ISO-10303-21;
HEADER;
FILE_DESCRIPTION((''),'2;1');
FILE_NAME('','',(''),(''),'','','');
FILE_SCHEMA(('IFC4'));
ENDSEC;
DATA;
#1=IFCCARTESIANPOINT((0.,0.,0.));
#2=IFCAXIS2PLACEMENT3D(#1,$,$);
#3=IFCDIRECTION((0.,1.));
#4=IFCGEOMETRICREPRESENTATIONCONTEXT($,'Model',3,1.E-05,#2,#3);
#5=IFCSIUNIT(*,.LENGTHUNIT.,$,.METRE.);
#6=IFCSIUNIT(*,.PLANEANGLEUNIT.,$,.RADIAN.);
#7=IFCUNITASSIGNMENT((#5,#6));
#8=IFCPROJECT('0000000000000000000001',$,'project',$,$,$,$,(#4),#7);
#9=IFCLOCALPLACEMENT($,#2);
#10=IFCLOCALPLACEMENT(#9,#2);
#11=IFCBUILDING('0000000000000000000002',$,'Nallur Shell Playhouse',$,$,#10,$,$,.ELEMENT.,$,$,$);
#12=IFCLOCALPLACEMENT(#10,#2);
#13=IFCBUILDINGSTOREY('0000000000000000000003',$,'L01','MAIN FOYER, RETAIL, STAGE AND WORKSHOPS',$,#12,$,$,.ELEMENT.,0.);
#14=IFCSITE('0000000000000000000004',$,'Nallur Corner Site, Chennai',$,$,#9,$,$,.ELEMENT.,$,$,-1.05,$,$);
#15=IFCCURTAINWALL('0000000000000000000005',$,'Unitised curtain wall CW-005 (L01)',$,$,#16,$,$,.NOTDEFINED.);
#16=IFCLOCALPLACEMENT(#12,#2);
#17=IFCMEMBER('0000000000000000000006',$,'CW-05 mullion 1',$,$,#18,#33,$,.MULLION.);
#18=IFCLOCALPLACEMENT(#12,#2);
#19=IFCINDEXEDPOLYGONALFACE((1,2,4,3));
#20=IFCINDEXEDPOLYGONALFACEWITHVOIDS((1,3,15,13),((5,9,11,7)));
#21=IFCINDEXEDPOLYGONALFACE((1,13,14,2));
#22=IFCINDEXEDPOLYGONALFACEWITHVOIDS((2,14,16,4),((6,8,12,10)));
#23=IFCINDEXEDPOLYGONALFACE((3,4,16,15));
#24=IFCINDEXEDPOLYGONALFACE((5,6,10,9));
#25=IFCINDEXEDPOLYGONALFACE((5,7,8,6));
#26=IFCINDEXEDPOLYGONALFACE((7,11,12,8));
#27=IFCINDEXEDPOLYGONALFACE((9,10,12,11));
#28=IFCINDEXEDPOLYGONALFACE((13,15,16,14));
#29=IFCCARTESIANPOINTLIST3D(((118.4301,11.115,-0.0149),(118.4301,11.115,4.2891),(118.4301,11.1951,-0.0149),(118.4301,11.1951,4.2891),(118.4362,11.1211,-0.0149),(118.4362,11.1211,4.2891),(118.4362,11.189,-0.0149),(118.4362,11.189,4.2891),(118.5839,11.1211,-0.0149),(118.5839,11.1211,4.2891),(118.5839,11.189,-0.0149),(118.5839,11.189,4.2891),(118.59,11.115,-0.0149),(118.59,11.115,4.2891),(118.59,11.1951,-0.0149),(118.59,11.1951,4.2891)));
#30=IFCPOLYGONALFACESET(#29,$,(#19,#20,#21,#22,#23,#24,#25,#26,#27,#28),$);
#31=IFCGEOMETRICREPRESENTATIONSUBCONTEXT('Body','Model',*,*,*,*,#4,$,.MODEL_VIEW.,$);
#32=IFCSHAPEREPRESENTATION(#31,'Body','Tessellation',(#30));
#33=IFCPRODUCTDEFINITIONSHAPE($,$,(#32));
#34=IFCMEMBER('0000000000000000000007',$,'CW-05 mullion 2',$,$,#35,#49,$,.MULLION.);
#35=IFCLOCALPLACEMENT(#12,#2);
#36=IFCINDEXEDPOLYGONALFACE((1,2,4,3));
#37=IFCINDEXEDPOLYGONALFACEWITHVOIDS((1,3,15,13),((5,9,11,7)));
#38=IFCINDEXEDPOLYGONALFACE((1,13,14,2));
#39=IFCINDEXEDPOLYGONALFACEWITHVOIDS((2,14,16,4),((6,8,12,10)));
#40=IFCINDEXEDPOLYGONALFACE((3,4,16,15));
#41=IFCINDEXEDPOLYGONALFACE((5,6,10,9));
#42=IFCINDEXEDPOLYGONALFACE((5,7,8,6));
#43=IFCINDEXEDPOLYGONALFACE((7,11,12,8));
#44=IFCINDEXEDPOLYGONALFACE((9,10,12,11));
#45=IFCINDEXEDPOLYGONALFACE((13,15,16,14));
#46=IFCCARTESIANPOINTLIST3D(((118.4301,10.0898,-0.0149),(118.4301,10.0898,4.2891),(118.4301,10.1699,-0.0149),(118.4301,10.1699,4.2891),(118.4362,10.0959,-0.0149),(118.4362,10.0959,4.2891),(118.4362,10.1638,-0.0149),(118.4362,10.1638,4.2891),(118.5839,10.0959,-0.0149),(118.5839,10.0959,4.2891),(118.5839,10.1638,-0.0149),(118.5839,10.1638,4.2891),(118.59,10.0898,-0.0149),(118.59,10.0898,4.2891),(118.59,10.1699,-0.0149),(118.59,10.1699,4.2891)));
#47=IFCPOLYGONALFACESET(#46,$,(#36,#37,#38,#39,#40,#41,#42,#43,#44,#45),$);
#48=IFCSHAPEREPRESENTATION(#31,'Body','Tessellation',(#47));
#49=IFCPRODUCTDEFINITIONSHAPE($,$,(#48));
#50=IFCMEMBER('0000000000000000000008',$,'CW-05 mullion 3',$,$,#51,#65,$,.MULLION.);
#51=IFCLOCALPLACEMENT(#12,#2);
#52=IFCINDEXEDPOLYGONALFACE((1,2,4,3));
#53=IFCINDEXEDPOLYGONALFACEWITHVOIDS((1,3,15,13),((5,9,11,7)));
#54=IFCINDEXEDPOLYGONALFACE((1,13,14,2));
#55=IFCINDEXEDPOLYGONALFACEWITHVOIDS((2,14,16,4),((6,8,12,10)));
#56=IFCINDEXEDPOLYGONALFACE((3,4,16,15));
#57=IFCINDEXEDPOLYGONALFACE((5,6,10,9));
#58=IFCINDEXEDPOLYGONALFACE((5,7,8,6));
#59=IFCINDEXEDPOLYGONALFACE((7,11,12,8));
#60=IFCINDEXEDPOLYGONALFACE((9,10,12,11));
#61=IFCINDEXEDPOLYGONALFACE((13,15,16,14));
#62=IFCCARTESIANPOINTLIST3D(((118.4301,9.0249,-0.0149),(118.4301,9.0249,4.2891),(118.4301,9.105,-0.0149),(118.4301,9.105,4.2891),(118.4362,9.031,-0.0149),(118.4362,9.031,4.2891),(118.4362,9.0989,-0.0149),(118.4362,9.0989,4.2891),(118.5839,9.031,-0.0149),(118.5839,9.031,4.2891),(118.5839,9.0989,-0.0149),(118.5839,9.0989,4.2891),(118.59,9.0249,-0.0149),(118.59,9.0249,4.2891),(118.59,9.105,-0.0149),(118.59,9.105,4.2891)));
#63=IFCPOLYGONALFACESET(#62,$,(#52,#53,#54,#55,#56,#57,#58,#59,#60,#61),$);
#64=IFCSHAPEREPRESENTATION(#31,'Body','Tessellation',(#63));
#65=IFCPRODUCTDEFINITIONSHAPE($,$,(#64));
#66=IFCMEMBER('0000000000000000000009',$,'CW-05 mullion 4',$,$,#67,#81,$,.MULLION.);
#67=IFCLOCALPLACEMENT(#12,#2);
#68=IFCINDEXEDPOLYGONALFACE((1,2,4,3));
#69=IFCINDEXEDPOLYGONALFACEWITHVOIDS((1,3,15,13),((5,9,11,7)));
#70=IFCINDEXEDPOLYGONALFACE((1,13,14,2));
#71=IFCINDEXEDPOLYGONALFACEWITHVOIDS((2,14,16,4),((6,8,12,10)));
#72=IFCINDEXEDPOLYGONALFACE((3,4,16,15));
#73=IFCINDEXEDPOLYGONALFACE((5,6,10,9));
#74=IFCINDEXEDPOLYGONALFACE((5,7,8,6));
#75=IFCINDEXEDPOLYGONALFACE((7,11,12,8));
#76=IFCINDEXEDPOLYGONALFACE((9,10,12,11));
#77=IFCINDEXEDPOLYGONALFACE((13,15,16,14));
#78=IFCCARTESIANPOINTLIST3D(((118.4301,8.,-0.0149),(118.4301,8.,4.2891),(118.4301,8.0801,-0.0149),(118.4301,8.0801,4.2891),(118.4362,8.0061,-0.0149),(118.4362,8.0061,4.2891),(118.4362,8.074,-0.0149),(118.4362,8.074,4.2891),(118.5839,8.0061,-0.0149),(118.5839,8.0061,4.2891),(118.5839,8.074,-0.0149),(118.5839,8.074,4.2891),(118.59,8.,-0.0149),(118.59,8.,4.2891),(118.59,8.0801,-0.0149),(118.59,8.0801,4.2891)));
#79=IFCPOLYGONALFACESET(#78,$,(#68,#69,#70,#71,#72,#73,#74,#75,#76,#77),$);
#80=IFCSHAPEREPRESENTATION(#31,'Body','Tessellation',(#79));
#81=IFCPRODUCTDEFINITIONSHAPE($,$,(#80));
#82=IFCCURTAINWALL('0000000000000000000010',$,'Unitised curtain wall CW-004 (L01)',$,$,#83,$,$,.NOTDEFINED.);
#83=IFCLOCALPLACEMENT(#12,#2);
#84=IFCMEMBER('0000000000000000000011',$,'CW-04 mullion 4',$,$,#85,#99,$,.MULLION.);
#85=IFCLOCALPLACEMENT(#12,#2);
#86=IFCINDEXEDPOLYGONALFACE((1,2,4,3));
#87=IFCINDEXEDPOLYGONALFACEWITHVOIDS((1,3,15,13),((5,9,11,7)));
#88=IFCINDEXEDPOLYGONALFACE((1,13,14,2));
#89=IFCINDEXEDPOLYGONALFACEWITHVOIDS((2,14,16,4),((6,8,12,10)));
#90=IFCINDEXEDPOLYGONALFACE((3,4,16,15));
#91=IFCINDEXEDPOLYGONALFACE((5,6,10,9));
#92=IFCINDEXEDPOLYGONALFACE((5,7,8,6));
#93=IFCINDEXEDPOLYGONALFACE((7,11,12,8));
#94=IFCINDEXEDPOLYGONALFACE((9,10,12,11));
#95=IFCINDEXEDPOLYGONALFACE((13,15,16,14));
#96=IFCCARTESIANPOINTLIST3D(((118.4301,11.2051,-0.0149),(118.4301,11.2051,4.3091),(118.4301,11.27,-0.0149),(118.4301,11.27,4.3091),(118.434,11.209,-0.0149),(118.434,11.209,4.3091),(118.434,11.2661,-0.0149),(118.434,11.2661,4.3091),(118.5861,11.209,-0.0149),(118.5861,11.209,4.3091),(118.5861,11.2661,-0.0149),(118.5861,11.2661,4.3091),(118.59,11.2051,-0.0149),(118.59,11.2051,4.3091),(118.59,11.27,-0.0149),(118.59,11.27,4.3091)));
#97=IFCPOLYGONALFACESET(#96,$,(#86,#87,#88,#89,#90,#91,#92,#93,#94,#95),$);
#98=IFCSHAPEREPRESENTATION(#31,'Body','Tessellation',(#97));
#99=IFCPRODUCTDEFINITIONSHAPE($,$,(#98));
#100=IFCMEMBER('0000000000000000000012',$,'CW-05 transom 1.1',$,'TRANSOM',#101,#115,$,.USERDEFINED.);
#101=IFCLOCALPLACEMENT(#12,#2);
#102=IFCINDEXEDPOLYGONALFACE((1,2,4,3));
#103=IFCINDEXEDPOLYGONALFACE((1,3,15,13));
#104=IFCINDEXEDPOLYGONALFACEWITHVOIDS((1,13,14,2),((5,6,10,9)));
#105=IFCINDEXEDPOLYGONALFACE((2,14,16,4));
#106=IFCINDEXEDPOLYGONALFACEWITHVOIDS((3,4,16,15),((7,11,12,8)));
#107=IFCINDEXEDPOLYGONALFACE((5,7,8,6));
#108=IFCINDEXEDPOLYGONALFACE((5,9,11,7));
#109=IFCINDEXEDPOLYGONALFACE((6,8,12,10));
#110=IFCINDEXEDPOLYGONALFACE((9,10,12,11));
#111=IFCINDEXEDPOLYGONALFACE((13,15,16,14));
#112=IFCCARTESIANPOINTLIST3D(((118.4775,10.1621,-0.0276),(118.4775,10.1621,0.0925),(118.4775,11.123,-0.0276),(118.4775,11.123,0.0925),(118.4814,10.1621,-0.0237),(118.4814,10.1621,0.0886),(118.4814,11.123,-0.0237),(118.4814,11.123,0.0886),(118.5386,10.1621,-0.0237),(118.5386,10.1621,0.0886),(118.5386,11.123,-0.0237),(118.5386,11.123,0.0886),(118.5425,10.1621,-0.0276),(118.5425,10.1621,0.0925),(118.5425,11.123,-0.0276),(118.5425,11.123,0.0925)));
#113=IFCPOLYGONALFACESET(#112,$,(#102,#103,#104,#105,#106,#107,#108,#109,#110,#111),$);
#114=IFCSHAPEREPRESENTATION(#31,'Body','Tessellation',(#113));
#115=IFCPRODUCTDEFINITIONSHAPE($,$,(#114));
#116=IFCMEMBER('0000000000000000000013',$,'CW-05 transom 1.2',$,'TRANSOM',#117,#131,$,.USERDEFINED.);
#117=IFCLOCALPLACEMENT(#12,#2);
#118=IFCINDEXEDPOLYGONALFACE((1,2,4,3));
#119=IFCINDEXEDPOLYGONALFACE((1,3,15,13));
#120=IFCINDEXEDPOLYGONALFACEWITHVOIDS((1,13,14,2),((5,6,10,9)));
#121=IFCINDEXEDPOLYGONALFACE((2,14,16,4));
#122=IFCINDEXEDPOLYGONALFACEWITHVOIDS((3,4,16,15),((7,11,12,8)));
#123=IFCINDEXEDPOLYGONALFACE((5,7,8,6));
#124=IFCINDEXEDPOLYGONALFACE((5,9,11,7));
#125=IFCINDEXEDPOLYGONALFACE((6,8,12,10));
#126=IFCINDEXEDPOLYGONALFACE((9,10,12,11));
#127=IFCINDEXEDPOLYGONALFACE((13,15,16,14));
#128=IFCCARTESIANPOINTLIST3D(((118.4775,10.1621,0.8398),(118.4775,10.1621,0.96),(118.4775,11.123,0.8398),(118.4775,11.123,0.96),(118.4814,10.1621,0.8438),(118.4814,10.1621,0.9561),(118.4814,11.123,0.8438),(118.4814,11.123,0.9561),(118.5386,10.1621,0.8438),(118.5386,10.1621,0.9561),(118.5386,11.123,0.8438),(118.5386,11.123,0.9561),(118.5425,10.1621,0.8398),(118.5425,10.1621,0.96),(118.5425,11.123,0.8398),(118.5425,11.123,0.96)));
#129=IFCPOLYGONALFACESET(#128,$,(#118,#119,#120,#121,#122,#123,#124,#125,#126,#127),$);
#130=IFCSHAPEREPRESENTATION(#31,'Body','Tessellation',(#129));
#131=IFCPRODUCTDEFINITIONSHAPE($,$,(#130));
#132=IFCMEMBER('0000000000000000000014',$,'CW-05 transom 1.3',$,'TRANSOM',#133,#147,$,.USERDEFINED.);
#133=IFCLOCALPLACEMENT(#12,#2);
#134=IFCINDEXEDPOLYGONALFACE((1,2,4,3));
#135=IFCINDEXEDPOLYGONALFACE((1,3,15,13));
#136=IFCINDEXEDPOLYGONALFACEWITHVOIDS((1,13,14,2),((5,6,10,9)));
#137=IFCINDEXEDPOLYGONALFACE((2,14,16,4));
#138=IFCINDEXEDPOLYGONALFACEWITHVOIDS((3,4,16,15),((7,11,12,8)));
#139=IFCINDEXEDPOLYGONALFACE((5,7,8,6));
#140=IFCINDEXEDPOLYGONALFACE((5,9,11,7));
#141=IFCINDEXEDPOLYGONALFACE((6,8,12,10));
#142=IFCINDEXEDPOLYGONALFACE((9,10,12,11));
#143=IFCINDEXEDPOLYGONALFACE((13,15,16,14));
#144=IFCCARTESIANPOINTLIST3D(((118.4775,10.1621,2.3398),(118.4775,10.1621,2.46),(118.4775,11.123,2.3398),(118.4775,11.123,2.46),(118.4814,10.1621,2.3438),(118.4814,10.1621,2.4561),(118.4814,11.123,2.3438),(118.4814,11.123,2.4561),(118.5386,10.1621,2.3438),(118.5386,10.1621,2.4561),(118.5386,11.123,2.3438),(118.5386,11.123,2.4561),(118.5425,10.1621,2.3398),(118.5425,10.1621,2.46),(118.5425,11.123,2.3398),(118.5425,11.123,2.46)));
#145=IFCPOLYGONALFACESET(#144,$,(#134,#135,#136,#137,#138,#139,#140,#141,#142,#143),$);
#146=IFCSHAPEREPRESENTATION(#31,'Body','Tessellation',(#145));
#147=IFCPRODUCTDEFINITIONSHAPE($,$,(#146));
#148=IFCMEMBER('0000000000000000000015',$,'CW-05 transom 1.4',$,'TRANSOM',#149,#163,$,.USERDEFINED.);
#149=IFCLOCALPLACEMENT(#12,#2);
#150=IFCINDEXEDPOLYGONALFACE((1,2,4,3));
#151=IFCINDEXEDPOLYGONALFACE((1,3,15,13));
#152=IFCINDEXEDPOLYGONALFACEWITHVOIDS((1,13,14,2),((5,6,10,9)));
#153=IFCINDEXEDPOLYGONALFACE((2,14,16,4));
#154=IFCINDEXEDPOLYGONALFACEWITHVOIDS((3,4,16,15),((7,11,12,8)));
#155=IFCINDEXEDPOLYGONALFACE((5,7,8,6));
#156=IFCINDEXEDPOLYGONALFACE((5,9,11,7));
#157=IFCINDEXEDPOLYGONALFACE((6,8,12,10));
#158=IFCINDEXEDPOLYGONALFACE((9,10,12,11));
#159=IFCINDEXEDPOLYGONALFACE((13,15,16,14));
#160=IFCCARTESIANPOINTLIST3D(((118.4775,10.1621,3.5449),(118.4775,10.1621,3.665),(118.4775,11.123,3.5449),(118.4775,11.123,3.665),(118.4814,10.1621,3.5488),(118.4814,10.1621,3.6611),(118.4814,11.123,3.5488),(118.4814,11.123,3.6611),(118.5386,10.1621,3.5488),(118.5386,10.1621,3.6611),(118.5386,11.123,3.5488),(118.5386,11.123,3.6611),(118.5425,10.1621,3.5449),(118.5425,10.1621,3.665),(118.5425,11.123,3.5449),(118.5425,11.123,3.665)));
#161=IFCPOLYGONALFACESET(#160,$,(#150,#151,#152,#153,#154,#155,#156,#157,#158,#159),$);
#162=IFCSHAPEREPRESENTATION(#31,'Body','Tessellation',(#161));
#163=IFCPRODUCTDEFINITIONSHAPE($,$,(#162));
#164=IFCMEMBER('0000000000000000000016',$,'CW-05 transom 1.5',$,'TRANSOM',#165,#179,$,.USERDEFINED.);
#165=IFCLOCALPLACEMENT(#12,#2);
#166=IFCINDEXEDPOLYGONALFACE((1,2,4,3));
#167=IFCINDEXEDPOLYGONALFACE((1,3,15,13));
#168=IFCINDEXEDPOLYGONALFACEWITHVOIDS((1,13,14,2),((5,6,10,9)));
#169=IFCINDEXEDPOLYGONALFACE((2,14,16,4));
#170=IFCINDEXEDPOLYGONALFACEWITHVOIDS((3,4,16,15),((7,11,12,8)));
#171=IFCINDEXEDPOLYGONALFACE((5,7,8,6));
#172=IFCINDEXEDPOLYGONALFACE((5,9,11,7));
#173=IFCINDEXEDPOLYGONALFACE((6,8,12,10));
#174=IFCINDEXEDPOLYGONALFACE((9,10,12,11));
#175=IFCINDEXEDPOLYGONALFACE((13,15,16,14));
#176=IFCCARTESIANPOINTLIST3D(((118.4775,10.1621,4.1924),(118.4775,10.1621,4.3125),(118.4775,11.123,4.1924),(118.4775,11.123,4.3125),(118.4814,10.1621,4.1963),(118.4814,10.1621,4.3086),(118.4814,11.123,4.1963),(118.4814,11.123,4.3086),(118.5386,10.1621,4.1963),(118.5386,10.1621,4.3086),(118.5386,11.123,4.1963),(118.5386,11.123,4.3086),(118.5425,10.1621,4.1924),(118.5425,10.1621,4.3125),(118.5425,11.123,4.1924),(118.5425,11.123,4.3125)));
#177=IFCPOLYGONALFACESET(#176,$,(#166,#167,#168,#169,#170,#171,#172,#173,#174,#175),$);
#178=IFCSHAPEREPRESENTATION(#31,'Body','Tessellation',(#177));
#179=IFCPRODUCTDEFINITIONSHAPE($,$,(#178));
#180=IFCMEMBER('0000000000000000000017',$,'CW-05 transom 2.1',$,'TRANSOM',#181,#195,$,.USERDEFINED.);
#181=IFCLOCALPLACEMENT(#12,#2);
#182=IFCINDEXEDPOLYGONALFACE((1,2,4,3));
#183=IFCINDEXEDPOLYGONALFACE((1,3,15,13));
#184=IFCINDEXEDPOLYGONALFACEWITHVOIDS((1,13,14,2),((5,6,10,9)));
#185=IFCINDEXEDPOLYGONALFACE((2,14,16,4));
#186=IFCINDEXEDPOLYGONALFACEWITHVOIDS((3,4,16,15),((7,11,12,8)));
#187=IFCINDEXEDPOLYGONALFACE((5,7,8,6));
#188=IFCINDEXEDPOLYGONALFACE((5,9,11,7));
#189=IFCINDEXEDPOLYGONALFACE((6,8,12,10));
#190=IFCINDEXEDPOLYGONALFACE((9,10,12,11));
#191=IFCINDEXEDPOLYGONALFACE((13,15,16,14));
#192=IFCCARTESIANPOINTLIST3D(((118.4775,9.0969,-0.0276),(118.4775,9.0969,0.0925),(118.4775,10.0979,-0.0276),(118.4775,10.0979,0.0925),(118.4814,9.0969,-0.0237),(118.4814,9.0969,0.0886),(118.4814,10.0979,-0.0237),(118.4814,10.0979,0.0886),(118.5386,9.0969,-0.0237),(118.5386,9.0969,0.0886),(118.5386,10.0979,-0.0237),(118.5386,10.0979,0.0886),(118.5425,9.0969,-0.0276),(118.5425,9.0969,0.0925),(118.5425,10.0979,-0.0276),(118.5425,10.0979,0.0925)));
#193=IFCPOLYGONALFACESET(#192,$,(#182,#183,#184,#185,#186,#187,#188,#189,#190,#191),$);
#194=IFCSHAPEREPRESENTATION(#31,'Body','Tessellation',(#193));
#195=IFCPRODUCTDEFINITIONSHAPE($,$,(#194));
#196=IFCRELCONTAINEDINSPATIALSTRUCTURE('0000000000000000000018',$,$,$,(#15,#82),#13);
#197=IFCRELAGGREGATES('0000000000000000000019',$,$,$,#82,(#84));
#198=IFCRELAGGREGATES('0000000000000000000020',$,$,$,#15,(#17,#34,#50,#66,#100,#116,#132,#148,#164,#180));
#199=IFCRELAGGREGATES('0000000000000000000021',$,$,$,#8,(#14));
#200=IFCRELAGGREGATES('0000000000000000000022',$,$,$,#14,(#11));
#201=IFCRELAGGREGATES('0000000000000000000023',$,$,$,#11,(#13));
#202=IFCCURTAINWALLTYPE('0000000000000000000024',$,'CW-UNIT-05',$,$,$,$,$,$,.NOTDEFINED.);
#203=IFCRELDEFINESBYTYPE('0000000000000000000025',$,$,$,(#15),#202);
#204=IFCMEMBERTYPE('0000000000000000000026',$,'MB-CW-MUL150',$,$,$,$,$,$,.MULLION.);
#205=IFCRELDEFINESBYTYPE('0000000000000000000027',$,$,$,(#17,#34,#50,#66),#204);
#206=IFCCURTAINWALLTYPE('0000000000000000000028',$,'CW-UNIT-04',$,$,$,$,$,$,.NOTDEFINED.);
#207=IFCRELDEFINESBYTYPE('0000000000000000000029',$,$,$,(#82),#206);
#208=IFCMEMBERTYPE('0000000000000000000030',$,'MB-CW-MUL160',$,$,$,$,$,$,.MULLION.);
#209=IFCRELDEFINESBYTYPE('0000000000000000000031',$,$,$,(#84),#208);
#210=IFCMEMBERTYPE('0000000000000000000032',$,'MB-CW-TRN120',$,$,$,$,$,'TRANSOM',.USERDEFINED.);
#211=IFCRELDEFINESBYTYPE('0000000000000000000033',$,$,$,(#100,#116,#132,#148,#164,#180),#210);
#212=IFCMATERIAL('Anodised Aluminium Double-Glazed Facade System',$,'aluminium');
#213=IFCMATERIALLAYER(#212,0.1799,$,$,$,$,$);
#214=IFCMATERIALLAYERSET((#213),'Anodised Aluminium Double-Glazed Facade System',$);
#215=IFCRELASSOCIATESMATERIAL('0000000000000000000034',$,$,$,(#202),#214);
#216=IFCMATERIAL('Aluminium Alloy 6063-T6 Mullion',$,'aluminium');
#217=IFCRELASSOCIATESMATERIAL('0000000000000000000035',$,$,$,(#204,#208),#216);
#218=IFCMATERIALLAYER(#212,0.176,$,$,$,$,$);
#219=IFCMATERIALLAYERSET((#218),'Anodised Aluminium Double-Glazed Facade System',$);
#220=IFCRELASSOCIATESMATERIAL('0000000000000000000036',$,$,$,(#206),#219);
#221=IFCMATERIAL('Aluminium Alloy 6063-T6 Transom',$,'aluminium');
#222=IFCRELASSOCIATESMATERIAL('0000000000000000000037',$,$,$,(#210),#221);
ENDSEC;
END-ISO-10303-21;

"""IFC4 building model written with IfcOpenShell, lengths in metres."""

from ifc_helpers import new_model, si_unit, direction, frame, origin, origin_2d, place, context, subcontext, project, spatial, hollow_rectangle, extrude, material, layer, layer_set, material_profile, profile_set, type_object, element, aggregate, save


model = new_model("IFC4")

# Units and contexts
model_context = context("Model", 3, precision=1e-05, world=origin(), true_north=direction((0.0, 1.0)))
body_context = subcontext(model_context, "Body", "Model", "MODEL_VIEW")
ifc_project = project(units=[si_unit("LENGTHUNIT", "METRE"), si_unit("PLANEANGLEUNIT", "RADIAN")], contexts=[model_context])

# Site, building, storey
site_placement = place(None, origin())
site = spatial("IfcSite", under=ifc_project, at=site_placement, Name="Nallur Corner Site, Chennai", CompositionType="ELEMENT", RefElevation=-1.05)
building_placement = place(site_placement, origin())
building = spatial("IfcBuilding", under=site, at=building_placement, Name="Nallur Shell Playhouse", CompositionType="ELEMENT")
storey_placement = place(building_placement, origin())
storey = spatial("IfcBuildingStorey", under=building, at=storey_placement, Name="L01", Description="MAIN FOYER, RETAIL, STAGE AND WORKSHOPS", CompositionType="ELEMENT", Elevation=0.0)

# Curtain wall, members
ifc_material_1 = material(Name="Anodised Aluminium Double-Glazed Facade System", Category="aluminium")
ifc_layer_1 = layer(ifc_material_1, 0.1799)
ifc_layer_set_1 = layer_set([ifc_layer_1], Name="Anodised Aluminium Double-Glazed Facade System")
curtain_wall_type_1 = type_object("IfcCurtainWallType", Name="CW-UNIT-05", PredefinedType="NOTDEFINED", material=ifc_layer_set_1)
curtain_wall_1_placement = place(storey_placement, origin())
curtain_wall_1 = element("IfcCurtainWall", 1, at=curtain_wall_1_placement, inside=storey, type_object=curtain_wall_type_1, Name="Unitised curtain wall CW-005 (L01)", PredefinedType="NOTDEFINED")
ifc_material_2 = material(Name="Aluminium Alloy 6063-T6 Mullion", Category="aluminium")
ifc_material_profile_1 = material_profile(ifc_material_2, hollow_rectangle(XDim=0.0801, YDim=0.1599, WallThickness=0.0061, at=origin_2d()), Name="RHS 160x80x6")
ifc_profile_set_1 = profile_set([ifc_material_profile_1], Name="Aluminium Alloy 6063-T6 Mullion")
member_type_1 = type_object("IfcMemberType", Name="MB-CW-MUL150", PredefinedType="MULLION", material=ifc_profile_set_1)
member_1_placement = place(storey_placement, frame((118.51, 11.155, -0.0149), z_axis=(0.0, 0.0, 1.0), x_axis=(0.0, -1.0, 0.0)))
member_1 = element("IfcMember", 2, at=member_1_placement, type_object=member_type_1, Name="CW-05 mullion 1", PredefinedType="MULLION", context=body_context, shape_type="SweptSolid", body=[
    extrude(hollow_rectangle(XDim=0.0801, YDim=0.1599, WallThickness=0.0061, at=origin_2d()), origin(), (0.0, 0.0, 1.0), 4.304),
])
member_2_placement = place(storey_placement, frame((118.51, 10.1299, -0.0149), z_axis=(0.0, 0.0, 1.0), x_axis=(0.0, -1.0, 0.0)))
member_2 = element("IfcMember", 3, at=member_2_placement, type_object=member_type_1, Name="CW-05 mullion 2", PredefinedType="MULLION", context=body_context, shape_type="SweptSolid", body=[
    extrude(hollow_rectangle(XDim=0.0801, YDim=0.1599, WallThickness=0.0061, at=origin_2d()), origin(), (0.0, 0.0, 1.0), 4.304),
])
member_3_placement = place(storey_placement, frame((118.51, 9.0649, -0.0149), z_axis=(0.0, 0.0, 1.0), x_axis=(0.0, -1.0, 0.0)))
member_3 = element("IfcMember", 4, at=member_3_placement, type_object=member_type_1, Name="CW-05 mullion 3", PredefinedType="MULLION", context=body_context, shape_type="SweptSolid", body=[
    extrude(hollow_rectangle(XDim=0.0801, YDim=0.1599, WallThickness=0.0061, at=origin_2d()), origin(), (0.0, 0.0, 1.0), 4.304),
])
member_4_placement = place(storey_placement, frame((118.51, 8.04, -0.0149), z_axis=(0.0, 0.0, 1.0), x_axis=(0.0, -1.0, 0.0)))
member_4 = element("IfcMember", 5, at=member_4_placement, type_object=member_type_1, Name="CW-05 mullion 4", PredefinedType="MULLION", context=body_context, shape_type="SweptSolid", body=[
    extrude(hollow_rectangle(XDim=0.0801, YDim=0.1599, WallThickness=0.0061, at=origin_2d()), origin(), (0.0, 0.0, 1.0), 4.304),
])

# Curtain wall, member
ifc_layer_2 = layer(ifc_material_1, 0.176)
ifc_layer_set_2 = layer_set([ifc_layer_2], Name="Anodised Aluminium Double-Glazed Facade System")
curtain_wall_type_2 = type_object("IfcCurtainWallType", Name="CW-UNIT-04", PredefinedType="NOTDEFINED", material=ifc_layer_set_2)
curtain_wall_2_placement = place(storey_placement, origin())
curtain_wall_2 = element("IfcCurtainWall", 6, at=curtain_wall_2_placement, inside=storey, type_object=curtain_wall_type_2, Name="Unitised curtain wall CW-004 (L01)", PredefinedType="NOTDEFINED")
ifc_material_profile_2 = material_profile(ifc_material_2, hollow_rectangle(XDim=0.0649, YDim=0.1599, WallThickness=0.0039, at=origin_2d()), Name="ALU 65x160x4")
ifc_profile_set_2 = profile_set([ifc_material_profile_2], Name="Aluminium Alloy 6063-T6 Mullion")
member_type_2 = type_object("IfcMemberType", Name="MB-CW-MUL160", PredefinedType="MULLION", material=ifc_profile_set_2)
member_5_placement = place(storey_placement, frame((118.51, 11.2375, -0.0149), z_axis=(0.0, 0.0, 1.0), x_axis=(0.0, -1.0, 0.0)))
member_5 = element("IfcMember", 7, at=member_5_placement, type_object=member_type_2, Name="CW-04 mullion 4", PredefinedType="MULLION", context=body_context, shape_type="SweptSolid", body=[
    extrude(hollow_rectangle(XDim=0.0649, YDim=0.1599, WallThickness=0.0039, at=origin_2d()), origin(), (0.0, 0.0, 1.0), 4.324),
])

# Members
ifc_material_3 = material(Name="Aluminium Alloy 6063-T6 Transom", Category="aluminium")
ifc_material_profile_3 = material_profile(ifc_material_3, hollow_rectangle(XDim=0.0649, YDim=0.1201, WallThickness=0.0039, at=origin_2d()), Name="ALU 65x120x4")
ifc_profile_set_3 = profile_set([ifc_material_profile_3], Name="Aluminium Alloy 6063-T6 Transom")
member_type_3 = type_object("IfcMemberType", Name="MB-CW-TRN120", ElementType="TRANSOM", PredefinedType="USERDEFINED", material=ifc_profile_set_3)
member_6_placement = place(storey_placement, frame((118.51, 11.123, 0.0325), z_axis=(0.0, -1.0, 0.0), x_axis=(1.0, 0.0, 0.0)))
member_6 = element("IfcMember", 8, at=member_6_placement, type_object=member_type_3, Name="CW-05 transom 1.1", ObjectType="TRANSOM", PredefinedType="USERDEFINED", context=body_context, shape_type="SweptSolid", body=[
    extrude(hollow_rectangle(XDim=0.0649, YDim=0.1201, WallThickness=0.0039, at=origin_2d()), origin(), (0.0, 0.0, 1.0), 0.9609),
])
member_7_placement = place(storey_placement, frame((118.51, 11.123, 0.8999), z_axis=(0.0, -1.0, 0.0), x_axis=(1.0, 0.0, 0.0)))
member_7 = element("IfcMember", 9, at=member_7_placement, type_object=member_type_3, Name="CW-05 transom 1.2", ObjectType="TRANSOM", PredefinedType="USERDEFINED", context=body_context, shape_type="SweptSolid", body=[
    extrude(hollow_rectangle(XDim=0.0649, YDim=0.1201, WallThickness=0.0039, at=origin_2d()), origin(), (0.0, 0.0, 1.0), 0.9609),
])
member_8_placement = place(storey_placement, frame((118.51, 11.123, 2.3999), z_axis=(0.0, -1.0, 0.0), x_axis=(1.0, 0.0, 0.0)))
member_8 = element("IfcMember", 10, at=member_8_placement, type_object=member_type_3, Name="CW-05 transom 1.3", ObjectType="TRANSOM", PredefinedType="USERDEFINED", context=body_context, shape_type="SweptSolid", body=[
    extrude(hollow_rectangle(XDim=0.0649, YDim=0.1201, WallThickness=0.0039, at=origin_2d()), origin(), (0.0, 0.0, 1.0), 0.9609),
])
member_9_placement = place(storey_placement, frame((118.51, 11.123, 3.605), z_axis=(0.0, -1.0, 0.0), x_axis=(1.0, 0.0, 0.0)))
member_9 = element("IfcMember", 11, at=member_9_placement, type_object=member_type_3, Name="CW-05 transom 1.4", ObjectType="TRANSOM", PredefinedType="USERDEFINED", context=body_context, shape_type="SweptSolid", body=[
    extrude(hollow_rectangle(XDim=0.0649, YDim=0.1201, WallThickness=0.0039, at=origin_2d()), origin(), (0.0, 0.0, 1.0), 0.9609),
])
member_10_placement = place(storey_placement, frame((118.51, 11.123, 4.2524), z_axis=(0.0, -1.0, 0.0), x_axis=(1.0, 0.0, 0.0)))
member_10 = element("IfcMember", 12, at=member_10_placement, type_object=member_type_3, Name="CW-05 transom 1.5", ObjectType="TRANSOM", PredefinedType="USERDEFINED", context=body_context, shape_type="SweptSolid", body=[
    extrude(hollow_rectangle(XDim=0.0649, YDim=0.1201, WallThickness=0.0039, at=origin_2d()), origin(), (0.0, 0.0, 1.0), 0.9609),
])
member_11_placement = place(storey_placement, frame((118.51, 10.0979, 0.0325), z_axis=(0.0, -1.0, 0.0), x_axis=(1.0, 0.0, 0.0)))
member_11 = element("IfcMember", 13, at=member_11_placement, type_object=member_type_3, Name="CW-05 transom 2.1", ObjectType="TRANSOM", PredefinedType="USERDEFINED", context=body_context, shape_type="SweptSolid", body=[
    extrude(hollow_rectangle(XDim=0.0649, YDim=0.1201, WallThickness=0.0039, at=origin_2d()), origin(), (0.0, 0.0, 1.0), 1.001),
])

aggregate(curtain_wall_2, [member_5])
aggregate(curtain_wall_1, [member_1, member_2, member_3, member_4, member_6, member_7, member_8, member_9, member_10, member_11])

save(model, "model.ifc")
